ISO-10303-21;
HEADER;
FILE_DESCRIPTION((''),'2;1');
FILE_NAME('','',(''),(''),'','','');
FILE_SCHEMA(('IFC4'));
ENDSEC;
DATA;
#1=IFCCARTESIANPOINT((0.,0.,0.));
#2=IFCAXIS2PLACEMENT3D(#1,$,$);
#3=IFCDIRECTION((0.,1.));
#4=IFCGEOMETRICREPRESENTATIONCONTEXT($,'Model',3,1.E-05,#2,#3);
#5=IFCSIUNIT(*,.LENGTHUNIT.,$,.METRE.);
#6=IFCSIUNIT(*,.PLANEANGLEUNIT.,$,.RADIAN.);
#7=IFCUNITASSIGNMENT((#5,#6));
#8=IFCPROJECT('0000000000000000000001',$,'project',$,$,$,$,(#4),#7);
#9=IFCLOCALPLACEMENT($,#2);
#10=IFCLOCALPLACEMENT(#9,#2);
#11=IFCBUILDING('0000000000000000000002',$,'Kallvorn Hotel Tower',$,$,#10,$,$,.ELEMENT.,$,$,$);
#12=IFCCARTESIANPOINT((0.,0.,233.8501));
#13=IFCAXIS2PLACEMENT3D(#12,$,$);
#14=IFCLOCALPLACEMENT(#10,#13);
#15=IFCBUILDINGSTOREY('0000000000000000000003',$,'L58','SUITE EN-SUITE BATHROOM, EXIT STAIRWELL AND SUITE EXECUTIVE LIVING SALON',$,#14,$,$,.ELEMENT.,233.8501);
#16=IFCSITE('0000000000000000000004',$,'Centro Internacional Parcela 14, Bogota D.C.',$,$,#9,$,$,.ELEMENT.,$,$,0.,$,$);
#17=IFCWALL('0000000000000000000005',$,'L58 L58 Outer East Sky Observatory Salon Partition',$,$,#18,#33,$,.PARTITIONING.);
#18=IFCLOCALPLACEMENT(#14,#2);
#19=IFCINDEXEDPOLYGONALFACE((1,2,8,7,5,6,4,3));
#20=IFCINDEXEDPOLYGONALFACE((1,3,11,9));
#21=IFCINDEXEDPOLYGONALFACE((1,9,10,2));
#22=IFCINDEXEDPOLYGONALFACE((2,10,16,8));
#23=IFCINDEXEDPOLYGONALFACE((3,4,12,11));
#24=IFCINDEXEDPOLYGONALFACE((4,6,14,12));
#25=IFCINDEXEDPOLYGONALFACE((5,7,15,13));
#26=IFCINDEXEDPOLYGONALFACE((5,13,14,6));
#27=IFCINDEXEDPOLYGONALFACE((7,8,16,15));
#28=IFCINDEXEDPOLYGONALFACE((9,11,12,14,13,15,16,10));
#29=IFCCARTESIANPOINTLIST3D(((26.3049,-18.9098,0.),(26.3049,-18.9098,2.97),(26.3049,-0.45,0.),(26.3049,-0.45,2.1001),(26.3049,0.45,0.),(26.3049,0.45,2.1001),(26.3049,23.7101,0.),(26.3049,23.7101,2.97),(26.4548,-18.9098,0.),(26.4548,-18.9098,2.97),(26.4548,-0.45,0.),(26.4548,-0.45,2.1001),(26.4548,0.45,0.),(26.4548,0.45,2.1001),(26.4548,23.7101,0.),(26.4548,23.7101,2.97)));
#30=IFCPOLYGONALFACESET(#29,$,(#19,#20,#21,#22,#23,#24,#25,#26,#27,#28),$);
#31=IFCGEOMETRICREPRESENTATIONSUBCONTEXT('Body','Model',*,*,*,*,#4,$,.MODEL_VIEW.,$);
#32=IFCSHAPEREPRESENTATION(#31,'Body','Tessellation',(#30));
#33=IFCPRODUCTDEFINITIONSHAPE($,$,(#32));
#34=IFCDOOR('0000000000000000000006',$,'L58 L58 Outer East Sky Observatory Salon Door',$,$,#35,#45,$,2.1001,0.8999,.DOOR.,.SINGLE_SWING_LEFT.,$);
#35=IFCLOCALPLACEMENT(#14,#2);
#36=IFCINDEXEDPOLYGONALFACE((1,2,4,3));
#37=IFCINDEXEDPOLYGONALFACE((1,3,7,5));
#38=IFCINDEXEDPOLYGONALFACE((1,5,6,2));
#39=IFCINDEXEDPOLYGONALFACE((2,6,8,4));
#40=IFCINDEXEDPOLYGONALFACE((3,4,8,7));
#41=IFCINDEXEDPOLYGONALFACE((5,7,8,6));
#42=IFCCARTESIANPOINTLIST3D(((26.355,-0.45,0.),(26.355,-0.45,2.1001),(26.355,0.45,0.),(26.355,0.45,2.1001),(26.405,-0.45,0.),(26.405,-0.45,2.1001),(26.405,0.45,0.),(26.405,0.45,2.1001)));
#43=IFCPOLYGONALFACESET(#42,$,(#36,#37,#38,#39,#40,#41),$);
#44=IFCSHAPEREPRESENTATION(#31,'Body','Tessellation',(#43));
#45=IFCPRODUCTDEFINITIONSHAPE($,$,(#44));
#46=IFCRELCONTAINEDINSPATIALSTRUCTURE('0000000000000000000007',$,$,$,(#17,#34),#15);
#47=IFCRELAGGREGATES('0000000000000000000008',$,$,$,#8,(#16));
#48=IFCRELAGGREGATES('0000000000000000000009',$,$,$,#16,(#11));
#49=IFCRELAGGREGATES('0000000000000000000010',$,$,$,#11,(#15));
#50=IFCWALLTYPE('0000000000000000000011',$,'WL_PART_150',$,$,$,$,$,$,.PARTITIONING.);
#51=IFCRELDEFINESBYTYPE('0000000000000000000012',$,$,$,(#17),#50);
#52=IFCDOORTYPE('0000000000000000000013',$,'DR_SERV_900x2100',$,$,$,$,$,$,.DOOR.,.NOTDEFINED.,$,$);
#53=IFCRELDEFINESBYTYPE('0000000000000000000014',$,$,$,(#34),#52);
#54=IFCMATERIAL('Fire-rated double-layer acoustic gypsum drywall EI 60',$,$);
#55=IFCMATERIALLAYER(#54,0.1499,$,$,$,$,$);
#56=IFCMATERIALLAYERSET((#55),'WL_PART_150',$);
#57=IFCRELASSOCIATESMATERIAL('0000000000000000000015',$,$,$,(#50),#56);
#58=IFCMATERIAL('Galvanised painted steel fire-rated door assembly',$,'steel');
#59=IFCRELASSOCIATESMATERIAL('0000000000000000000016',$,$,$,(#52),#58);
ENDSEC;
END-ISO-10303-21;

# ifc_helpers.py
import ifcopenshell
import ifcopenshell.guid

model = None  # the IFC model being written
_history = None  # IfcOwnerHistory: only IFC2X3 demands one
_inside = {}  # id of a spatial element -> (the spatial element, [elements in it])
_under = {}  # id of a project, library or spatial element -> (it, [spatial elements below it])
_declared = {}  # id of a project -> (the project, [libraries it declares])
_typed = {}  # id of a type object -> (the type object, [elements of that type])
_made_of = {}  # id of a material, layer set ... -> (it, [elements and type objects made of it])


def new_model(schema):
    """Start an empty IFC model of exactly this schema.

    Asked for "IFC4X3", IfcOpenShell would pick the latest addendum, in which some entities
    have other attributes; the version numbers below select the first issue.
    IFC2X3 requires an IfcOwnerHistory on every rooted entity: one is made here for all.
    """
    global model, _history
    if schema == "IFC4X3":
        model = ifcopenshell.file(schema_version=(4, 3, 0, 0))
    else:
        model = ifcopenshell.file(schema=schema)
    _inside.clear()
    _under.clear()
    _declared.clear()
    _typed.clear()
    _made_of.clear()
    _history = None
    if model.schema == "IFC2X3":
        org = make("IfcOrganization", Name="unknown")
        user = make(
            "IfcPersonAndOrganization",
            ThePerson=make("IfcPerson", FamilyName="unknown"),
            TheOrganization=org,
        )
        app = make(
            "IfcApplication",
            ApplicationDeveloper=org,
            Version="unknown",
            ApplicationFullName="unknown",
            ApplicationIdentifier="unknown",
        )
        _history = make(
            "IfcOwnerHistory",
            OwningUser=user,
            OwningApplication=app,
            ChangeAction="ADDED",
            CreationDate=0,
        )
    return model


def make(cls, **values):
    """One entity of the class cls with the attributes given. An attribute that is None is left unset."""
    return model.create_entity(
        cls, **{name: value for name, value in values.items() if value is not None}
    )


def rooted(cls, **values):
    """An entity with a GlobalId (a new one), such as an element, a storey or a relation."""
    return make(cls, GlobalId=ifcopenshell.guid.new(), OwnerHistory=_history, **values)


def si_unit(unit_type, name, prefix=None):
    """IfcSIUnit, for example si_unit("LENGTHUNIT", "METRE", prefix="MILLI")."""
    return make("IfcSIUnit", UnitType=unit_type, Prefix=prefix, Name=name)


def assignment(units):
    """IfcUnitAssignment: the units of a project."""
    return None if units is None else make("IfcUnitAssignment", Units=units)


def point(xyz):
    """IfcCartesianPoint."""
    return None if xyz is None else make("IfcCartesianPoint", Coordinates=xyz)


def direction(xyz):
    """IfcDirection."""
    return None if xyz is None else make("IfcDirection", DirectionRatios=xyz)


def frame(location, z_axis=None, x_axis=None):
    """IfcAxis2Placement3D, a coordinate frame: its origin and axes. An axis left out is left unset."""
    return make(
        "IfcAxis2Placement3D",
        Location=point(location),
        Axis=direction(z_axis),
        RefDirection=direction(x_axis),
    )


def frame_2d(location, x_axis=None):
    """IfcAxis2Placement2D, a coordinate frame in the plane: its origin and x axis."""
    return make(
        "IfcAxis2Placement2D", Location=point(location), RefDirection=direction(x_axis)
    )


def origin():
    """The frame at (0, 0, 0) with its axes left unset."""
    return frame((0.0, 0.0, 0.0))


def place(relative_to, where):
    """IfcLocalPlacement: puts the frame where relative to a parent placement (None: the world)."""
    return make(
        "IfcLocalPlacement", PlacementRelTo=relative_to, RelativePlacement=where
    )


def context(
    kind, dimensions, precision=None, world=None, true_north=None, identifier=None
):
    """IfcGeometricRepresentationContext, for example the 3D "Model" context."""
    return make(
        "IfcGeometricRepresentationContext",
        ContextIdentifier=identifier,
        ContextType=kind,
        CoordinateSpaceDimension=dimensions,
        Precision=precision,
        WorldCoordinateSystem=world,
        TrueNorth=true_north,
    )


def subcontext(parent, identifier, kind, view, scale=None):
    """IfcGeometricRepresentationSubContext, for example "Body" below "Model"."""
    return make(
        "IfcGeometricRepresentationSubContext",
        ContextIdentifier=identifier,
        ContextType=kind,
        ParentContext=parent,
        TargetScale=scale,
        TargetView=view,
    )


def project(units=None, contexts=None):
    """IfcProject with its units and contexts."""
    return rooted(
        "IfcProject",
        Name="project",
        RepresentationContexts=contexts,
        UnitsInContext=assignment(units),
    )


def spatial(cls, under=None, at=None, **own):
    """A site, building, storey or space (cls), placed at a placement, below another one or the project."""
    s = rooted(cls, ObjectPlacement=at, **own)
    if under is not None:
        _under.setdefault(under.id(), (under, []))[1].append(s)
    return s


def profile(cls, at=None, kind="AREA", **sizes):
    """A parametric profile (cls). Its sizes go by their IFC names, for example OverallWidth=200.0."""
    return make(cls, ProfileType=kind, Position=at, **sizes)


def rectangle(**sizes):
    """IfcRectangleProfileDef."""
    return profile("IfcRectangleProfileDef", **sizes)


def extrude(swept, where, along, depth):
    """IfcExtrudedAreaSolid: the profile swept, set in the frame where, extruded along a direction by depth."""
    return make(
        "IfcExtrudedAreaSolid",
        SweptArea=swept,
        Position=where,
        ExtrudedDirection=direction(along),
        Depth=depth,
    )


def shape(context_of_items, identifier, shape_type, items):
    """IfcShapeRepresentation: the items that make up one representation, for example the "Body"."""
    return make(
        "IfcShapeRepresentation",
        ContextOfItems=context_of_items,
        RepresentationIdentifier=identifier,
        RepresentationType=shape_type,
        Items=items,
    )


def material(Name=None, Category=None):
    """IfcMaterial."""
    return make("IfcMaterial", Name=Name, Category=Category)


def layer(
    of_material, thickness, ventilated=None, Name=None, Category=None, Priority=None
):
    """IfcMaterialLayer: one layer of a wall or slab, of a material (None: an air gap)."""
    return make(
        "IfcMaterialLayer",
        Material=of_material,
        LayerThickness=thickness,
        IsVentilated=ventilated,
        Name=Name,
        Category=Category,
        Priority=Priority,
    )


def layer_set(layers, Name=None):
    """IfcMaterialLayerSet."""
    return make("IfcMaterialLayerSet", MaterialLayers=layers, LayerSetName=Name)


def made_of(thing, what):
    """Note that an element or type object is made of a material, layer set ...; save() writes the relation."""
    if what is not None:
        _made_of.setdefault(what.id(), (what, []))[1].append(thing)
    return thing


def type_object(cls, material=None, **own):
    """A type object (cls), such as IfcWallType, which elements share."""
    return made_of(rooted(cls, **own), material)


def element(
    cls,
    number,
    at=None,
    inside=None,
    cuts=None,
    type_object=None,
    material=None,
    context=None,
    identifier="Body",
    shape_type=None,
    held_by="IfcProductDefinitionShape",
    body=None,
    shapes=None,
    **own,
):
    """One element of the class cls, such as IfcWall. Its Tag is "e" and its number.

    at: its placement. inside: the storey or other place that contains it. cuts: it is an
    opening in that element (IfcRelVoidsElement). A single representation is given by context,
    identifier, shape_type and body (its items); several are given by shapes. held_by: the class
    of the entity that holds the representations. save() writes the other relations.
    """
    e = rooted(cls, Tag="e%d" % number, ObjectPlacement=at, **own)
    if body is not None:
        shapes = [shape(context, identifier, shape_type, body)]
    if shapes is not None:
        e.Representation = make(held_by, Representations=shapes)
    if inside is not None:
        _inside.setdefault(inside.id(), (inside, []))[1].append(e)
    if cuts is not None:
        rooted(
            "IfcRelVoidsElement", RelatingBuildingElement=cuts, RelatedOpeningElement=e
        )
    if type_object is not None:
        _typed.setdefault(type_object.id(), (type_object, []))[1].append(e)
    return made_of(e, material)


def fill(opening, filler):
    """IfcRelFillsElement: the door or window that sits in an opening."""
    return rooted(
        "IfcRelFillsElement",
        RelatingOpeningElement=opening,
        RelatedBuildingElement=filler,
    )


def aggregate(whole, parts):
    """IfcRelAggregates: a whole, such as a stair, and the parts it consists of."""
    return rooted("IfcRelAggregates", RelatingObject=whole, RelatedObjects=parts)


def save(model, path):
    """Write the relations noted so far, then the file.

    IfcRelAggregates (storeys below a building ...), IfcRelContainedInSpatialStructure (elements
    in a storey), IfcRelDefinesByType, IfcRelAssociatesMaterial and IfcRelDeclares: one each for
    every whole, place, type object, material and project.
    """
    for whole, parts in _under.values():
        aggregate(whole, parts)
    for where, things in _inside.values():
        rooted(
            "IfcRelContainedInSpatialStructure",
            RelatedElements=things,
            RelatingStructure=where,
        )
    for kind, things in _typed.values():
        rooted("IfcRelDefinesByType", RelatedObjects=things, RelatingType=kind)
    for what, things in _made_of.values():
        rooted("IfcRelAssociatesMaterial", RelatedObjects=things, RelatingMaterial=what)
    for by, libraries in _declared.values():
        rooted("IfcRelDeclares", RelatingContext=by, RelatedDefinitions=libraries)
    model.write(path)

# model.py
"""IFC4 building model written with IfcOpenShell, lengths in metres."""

from ifc_helpers import new_model, si_unit, direction, frame, frame_2d, origin, place, context, subcontext, project, spatial, rectangle, extrude, material, layer, layer_set, type_object, element, fill, save


model = new_model("IFC4")

# Units and contexts
model_context = context("Model", 3, precision=1e-05, world=origin(), true_north=direction((0.0, 1.0)))
body_context = subcontext(model_context, "Body", "Model", "MODEL_VIEW")
ifc_project = project(units=[si_unit("LENGTHUNIT", "METRE"), si_unit("PLANEANGLEUNIT", "RADIAN")], contexts=[model_context])

# Site, building, storey
site_placement = place(None, origin())
site = spatial("IfcSite", under=ifc_project, at=site_placement, Name="Centro Internacional Parcela 14, Bogota D.C.", CompositionType="ELEMENT", RefElevation=0.0)
building_placement = place(site_placement, origin())
building = spatial("IfcBuilding", under=site, at=building_placement, Name="Kallvorn Hotel Tower", CompositionType="ELEMENT")
storey_placement = place(building_placement, frame((0.0, 0.0, 233.8501)))
storey = spatial("IfcBuildingStorey", under=building, at=storey_placement, Name="L58", Description="SUITE EN-SUITE BATHROOM, EXIT STAIRWELL AND SUITE EXECUTIVE LIVING SALON", CompositionType="ELEMENT", Elevation=233.8501)

# Shared definitions
ifc_material_1 = material(Name="Fire-rated double-layer acoustic gypsum drywall EI 60")
ifc_layer_1 = layer(ifc_material_1, 0.1499)
ifc_layer_set_1 = layer_set([ifc_layer_1], Name="WL_PART_150")
wall_type_1 = type_object("IfcWallType", Name="WL_PART_150", PredefinedType="PARTITIONING", material=ifc_layer_set_1)

# Wall, opening, door
wall_1_placement = place(storey_placement, frame((26.3799, -18.9099, 0.0), z_axis=(0.0, 0.0, 1.0), x_axis=(0.0, 1.0, 0.0)))
wall_1 = element("IfcWall", 1, at=wall_1_placement, inside=storey, type_object=wall_type_1, Name="L58 L58 Outer East Sky Observatory Salon Partition", PredefinedType="PARTITIONING", context=body_context, shape_type="SweptSolid", body=[
    extrude(rectangle(XDim=42.6199, YDim=0.1499, at=frame_2d((21.3101, 0.0))), origin(), (0.0, 0.0, 1.0), 2.97),
])
opening_placement = place(wall_1_placement, frame((18.46, 0.0, 0.0)))
opening = element("IfcOpeningElement", 2, at=opening_placement, cuts=wall_1, PredefinedType="OPENING", context=body_context, shape_type="SweptSolid", body=[
    extrude(rectangle(XDim=0.8999, YDim=2.1001, at=frame_2d((0.45, 1.05))), frame((0.0, 0.0898, 0.0), z_axis=(0.0, -1.0, 0.0), x_axis=(1.0, 0.0, 0.0)), (0.0, 0.0, 1.0), 0.1799),
])
ifc_material_2 = material(Name="Galvanised painted steel fire-rated door assembly", Category="steel")
door_type = type_object("IfcDoorType", Name="DR_SERV_900x2100", OperationType="NOTDEFINED", PredefinedType="DOOR", material=ifc_material_2)
door_placement = place(opening_placement, origin())
door = element("IfcDoor", 3, at=door_placement, inside=storey, type_object=door_type, Name="L58 L58 Outer East Sky Observatory Salon Door", OperationType="SINGLE_SWING_LEFT", OverallHeight=2.1001, OverallWidth=0.8999, PredefinedType="DOOR", context=body_context, shape_type="SweptSolid", body=[
    extrude(rectangle(XDim=0.8999, YDim=2.1001, at=frame_2d((0.45, 1.05))), frame((0.0, 0.0249, 0.0), z_axis=(0.0, -1.0, 0.0), x_axis=(1.0, 0.0, 0.0)), (0.0, 0.0, 1.0), 0.05),
])
fill(opening, door)

save(model, "model.ifc")
